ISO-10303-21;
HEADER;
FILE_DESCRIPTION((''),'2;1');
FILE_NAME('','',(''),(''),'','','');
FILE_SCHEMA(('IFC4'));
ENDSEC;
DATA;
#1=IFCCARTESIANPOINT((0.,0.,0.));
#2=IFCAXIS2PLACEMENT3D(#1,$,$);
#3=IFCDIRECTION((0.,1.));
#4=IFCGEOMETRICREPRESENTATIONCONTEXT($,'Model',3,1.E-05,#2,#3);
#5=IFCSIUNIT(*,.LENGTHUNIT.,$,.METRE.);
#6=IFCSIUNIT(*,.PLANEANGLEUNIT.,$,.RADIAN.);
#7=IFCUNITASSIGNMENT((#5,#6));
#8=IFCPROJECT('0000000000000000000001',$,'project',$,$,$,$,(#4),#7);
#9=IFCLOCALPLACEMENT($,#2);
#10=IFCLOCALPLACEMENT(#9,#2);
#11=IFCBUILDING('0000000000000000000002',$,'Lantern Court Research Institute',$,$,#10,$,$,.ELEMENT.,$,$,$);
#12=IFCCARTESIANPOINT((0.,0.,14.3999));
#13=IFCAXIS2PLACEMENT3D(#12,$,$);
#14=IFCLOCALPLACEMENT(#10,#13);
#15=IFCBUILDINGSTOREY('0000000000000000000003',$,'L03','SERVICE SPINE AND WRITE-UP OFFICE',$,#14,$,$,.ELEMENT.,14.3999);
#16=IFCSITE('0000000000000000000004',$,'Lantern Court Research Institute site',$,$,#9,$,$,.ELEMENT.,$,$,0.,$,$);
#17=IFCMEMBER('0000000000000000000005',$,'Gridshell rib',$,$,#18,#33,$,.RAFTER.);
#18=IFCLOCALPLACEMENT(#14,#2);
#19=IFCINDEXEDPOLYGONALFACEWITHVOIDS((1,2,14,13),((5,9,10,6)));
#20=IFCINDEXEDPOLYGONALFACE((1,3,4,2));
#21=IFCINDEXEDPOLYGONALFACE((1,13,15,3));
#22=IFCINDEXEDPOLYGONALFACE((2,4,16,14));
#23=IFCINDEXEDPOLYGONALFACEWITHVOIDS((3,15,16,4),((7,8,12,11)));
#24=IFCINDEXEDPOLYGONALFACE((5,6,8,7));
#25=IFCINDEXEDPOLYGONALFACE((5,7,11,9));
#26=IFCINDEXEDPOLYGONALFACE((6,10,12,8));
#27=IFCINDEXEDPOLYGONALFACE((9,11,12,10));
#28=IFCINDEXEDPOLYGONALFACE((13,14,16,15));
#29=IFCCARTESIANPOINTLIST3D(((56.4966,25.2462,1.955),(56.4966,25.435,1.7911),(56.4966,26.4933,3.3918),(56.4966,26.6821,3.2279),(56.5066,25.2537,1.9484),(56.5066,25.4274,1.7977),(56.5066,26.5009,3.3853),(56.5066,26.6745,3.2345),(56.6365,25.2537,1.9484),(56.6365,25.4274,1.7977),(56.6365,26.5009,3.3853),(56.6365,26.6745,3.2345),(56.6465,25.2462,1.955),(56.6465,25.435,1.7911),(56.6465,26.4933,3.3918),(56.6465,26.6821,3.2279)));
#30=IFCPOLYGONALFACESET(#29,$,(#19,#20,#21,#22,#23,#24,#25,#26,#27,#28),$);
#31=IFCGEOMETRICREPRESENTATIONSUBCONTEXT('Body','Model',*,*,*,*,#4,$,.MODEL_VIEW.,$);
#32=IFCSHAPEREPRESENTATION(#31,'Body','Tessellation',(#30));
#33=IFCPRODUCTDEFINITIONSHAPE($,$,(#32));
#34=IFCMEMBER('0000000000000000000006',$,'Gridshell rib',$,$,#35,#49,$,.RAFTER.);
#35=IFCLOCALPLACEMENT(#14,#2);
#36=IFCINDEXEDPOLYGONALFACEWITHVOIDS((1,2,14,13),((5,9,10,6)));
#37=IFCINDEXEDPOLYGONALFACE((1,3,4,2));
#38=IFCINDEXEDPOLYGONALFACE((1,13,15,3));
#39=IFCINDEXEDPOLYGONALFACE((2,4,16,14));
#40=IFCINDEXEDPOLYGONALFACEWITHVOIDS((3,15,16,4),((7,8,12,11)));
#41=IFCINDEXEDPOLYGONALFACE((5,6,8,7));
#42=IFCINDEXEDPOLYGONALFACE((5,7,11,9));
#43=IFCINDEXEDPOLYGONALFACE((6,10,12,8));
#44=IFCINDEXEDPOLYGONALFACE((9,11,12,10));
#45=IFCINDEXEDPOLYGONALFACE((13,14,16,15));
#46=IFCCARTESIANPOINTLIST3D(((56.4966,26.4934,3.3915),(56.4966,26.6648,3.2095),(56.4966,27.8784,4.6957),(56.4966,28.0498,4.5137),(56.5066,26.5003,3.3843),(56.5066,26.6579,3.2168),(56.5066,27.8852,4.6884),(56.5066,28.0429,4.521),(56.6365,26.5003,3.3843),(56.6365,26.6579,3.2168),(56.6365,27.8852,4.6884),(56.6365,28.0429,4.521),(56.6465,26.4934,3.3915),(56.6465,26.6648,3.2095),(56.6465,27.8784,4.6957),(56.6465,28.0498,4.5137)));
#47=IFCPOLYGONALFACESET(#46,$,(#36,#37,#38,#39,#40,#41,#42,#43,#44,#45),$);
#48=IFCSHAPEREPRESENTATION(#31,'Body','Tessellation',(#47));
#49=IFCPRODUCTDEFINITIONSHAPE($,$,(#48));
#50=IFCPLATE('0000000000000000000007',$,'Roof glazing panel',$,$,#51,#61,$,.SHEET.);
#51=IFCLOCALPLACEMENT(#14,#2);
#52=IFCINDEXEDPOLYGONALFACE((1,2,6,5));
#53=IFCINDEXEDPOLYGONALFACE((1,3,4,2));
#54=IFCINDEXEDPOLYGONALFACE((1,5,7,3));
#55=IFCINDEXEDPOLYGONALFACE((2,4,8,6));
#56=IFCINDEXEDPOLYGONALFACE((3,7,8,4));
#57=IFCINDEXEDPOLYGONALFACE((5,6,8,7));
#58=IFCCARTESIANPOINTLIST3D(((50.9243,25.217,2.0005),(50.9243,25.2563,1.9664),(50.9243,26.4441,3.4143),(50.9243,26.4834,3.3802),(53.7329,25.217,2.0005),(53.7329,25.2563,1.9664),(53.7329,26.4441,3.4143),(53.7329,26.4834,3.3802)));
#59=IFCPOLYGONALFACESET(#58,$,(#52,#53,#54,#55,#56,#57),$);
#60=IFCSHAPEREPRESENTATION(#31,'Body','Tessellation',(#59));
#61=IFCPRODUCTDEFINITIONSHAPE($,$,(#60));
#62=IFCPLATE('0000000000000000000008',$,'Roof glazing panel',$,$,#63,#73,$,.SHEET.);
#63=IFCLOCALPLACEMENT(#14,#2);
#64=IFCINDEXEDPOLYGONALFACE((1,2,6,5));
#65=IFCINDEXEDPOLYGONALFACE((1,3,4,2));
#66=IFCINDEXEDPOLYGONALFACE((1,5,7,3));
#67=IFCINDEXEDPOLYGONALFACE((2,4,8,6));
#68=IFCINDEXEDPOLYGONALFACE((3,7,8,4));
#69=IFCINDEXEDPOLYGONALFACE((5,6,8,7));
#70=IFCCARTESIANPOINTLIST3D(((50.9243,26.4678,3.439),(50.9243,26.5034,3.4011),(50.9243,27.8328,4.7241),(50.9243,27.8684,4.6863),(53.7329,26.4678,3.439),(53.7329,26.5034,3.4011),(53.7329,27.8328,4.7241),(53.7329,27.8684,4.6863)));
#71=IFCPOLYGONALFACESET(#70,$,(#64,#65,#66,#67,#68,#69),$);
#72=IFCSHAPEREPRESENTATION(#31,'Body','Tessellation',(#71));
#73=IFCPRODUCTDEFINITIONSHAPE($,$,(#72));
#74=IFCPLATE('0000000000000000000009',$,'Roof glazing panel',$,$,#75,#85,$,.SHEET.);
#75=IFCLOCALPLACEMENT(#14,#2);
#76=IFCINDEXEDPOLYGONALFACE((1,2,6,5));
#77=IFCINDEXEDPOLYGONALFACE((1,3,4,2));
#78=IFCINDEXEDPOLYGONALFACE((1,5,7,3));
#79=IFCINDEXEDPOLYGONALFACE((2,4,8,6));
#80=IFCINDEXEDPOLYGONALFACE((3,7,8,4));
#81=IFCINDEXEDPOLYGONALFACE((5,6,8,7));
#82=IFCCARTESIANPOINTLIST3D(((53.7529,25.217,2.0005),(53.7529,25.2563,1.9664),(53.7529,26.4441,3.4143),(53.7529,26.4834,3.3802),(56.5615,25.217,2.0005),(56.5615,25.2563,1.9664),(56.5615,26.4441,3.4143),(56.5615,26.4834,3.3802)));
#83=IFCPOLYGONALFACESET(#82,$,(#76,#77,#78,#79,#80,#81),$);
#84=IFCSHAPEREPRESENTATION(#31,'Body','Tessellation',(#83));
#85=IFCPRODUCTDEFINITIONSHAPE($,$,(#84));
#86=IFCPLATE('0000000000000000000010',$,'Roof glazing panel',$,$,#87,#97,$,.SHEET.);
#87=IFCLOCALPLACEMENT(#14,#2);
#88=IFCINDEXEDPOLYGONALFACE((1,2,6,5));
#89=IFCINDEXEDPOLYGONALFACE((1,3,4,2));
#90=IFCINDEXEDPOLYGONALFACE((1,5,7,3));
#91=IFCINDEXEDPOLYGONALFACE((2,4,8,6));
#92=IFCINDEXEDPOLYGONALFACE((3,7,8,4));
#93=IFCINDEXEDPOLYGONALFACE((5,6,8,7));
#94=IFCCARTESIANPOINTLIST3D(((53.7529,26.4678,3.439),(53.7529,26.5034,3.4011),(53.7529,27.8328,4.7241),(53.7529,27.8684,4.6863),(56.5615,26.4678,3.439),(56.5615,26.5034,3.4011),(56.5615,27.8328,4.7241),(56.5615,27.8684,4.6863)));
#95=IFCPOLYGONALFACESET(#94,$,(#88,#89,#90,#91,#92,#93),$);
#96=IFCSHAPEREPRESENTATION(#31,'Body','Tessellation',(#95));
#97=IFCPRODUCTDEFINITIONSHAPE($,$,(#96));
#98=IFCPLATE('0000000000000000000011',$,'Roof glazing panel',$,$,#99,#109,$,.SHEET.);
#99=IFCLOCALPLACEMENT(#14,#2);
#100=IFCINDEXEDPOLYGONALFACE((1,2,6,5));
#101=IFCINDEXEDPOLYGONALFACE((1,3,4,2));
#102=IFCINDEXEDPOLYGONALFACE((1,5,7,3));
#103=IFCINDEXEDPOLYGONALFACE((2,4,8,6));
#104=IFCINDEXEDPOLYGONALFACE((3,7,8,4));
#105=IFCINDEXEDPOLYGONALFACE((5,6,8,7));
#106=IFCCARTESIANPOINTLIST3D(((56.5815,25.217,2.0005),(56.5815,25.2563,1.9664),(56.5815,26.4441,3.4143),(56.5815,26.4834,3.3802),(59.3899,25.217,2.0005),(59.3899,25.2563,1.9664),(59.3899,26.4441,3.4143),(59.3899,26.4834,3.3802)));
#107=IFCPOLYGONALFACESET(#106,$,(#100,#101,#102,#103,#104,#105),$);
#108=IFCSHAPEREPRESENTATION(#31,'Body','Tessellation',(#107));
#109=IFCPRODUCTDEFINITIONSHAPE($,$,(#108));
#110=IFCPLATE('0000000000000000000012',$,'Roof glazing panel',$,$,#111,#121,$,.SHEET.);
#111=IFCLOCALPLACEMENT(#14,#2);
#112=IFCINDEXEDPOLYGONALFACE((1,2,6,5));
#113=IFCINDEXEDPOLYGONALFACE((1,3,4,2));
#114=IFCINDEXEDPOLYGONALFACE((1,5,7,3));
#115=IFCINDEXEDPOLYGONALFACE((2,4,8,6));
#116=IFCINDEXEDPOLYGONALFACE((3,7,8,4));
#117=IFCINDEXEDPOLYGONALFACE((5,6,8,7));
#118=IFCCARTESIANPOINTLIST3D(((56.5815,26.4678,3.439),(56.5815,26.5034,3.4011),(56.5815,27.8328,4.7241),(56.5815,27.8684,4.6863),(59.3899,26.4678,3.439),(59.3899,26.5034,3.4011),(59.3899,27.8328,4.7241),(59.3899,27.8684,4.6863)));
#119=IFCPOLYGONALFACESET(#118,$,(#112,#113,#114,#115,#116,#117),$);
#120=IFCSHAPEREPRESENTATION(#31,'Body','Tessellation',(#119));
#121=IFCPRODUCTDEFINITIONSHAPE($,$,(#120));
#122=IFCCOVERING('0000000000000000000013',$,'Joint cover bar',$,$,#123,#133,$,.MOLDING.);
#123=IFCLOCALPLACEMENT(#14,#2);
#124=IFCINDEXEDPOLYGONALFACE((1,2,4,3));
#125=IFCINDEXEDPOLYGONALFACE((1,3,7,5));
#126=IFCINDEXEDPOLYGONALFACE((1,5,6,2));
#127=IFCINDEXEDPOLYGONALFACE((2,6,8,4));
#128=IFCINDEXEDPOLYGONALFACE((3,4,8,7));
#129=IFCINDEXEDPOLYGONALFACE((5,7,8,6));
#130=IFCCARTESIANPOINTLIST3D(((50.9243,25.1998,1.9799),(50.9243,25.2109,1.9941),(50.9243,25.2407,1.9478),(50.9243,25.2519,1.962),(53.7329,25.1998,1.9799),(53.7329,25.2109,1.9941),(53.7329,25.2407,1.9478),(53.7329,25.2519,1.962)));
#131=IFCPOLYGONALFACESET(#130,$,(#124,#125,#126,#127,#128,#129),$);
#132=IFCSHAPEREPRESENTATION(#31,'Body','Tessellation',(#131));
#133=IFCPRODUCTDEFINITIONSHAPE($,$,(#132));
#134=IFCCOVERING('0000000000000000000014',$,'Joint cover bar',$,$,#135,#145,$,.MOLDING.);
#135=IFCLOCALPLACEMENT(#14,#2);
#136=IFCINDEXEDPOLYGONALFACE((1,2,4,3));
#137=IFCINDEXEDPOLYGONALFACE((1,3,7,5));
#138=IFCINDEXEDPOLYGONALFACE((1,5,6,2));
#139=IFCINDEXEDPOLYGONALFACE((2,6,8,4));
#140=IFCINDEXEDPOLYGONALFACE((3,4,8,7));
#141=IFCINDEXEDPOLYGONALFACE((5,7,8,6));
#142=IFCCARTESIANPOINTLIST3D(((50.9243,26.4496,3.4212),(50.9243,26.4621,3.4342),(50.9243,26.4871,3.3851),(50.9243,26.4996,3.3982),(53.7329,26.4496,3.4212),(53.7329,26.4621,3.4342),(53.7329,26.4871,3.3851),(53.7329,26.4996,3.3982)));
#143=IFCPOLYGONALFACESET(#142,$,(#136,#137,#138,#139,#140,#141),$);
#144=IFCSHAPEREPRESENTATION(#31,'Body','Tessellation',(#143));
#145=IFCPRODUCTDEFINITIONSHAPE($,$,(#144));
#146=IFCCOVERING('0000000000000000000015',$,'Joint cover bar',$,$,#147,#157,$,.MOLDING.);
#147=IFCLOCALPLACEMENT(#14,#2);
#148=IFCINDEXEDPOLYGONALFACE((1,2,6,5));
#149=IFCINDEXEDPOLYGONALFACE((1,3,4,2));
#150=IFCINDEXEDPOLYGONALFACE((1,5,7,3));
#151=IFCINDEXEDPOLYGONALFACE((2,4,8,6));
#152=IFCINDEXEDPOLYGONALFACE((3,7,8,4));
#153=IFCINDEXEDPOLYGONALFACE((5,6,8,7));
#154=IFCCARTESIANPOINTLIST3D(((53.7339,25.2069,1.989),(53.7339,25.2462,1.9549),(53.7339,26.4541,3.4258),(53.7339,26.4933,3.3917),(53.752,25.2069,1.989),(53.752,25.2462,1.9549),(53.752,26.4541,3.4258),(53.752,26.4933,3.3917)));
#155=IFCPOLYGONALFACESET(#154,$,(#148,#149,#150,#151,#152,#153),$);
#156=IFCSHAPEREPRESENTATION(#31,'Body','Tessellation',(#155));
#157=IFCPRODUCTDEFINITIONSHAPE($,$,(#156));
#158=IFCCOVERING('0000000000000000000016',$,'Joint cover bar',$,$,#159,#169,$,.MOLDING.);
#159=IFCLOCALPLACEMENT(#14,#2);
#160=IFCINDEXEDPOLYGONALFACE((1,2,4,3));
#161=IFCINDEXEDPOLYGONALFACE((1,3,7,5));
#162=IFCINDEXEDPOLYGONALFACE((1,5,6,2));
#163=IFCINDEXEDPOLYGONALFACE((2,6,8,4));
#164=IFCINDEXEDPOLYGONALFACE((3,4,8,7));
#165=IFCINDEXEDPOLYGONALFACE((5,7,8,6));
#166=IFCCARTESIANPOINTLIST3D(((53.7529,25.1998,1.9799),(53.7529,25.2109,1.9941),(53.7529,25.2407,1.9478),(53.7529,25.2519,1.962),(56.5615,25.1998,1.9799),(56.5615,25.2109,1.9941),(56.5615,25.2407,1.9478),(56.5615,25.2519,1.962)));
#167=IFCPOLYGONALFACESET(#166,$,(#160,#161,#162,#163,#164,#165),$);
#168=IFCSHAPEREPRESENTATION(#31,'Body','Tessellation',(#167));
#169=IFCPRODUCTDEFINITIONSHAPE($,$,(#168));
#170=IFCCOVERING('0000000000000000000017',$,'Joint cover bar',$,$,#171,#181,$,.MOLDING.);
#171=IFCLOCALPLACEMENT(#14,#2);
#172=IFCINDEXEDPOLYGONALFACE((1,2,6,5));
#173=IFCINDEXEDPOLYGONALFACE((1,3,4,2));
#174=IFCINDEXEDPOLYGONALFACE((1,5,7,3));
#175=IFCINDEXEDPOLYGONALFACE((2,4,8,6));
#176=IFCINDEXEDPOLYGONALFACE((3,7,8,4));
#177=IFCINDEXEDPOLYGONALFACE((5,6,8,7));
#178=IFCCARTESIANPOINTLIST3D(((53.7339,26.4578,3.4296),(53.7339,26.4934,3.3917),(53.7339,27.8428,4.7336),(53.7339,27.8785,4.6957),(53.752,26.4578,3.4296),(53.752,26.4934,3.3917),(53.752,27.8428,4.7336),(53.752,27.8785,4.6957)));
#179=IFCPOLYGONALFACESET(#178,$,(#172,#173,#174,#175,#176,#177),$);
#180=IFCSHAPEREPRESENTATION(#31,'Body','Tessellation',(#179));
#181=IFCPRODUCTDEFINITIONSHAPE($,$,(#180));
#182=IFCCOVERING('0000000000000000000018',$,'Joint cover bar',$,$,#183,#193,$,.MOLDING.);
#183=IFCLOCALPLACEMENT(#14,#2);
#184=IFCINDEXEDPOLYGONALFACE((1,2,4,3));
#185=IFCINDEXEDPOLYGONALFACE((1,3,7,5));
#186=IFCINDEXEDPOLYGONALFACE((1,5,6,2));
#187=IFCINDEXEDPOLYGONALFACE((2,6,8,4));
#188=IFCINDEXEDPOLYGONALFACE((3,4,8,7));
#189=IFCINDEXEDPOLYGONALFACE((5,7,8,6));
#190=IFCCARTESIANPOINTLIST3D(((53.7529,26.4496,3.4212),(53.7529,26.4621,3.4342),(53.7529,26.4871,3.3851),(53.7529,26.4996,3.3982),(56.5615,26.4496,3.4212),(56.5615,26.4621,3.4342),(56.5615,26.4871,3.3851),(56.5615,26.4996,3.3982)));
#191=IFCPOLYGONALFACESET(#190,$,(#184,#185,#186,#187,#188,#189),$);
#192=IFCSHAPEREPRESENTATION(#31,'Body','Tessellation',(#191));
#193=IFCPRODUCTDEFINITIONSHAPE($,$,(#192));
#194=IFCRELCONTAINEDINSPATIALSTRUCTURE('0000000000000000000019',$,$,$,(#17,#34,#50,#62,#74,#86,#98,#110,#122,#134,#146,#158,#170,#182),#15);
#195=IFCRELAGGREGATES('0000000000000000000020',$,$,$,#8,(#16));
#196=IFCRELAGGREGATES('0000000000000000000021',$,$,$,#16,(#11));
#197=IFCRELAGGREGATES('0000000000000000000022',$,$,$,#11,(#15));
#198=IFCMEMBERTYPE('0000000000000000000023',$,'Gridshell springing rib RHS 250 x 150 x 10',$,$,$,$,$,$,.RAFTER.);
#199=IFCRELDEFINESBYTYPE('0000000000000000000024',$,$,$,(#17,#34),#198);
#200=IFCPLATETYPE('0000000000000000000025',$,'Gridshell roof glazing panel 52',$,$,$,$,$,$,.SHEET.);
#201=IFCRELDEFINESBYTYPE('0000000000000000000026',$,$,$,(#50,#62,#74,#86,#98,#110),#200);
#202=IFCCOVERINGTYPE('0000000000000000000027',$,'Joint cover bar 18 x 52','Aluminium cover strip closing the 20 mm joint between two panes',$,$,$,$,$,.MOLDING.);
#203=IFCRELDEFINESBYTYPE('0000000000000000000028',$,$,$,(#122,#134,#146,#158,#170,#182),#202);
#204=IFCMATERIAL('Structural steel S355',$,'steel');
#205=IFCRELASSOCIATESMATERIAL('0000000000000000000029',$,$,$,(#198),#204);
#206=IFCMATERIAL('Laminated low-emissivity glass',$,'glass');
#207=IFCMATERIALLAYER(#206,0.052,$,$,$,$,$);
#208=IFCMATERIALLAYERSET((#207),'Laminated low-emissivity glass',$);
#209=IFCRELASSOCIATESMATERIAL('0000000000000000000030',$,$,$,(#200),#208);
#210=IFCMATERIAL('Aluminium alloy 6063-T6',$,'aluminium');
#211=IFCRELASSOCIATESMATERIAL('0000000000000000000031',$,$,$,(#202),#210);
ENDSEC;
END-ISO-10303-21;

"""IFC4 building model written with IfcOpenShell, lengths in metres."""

from ifc_helpers import new_model, si_unit, direction, frame, origin, origin_2d, place, context, subcontext, project, spatial, polyline, rectangle, hollow_rectangle, outline, extrude, material, layer, layer_set, material_profile, profile_set, type_object, element, save


model = new_model("IFC4")

# Units and contexts
model_context = context("Model", 3, precision=1e-05, world=origin(), true_north=direction((0.0, 1.0)))
body_context = subcontext(model_context, "Body", "Model", "MODEL_VIEW")
ifc_project = project(units=[si_unit("LENGTHUNIT", "METRE"), si_unit("PLANEANGLEUNIT", "RADIAN")], contexts=[model_context])

# Site, building, storey
site_placement = place(None, origin())
site = spatial("IfcSite", under=ifc_project, at=site_placement, Name="Lantern Court Research Institute site", CompositionType="ELEMENT", RefElevation=0.0)
building_placement = place(site_placement, origin())
building = spatial("IfcBuilding", under=site, at=building_placement, Name="Lantern Court Research Institute", CompositionType="ELEMENT")
storey_placement = place(building_placement, frame((0.0, 0.0, 14.3999)))
storey = spatial("IfcBuildingStorey", under=building, at=storey_placement, Name="L03", Description="SERVICE SPINE AND WRITE-UP OFFICE", CompositionType="ELEMENT", Elevation=14.3999)

# Members
ifc_material_1 = material(Name="Structural steel S355", Category="steel")
ifc_material_profile_1 = material_profile(ifc_material_1, hollow_rectangle(XDim=0.1499, YDim=0.25, WallThickness=0.01, at=origin_2d()), Name="Gridshell springing rib RHS 250 x 150 x 10")
ifc_profile_set_1 = profile_set([ifc_material_profile_1], Name="Structural steel S355")
member_type_1 = type_object("IfcMemberType", Name="Gridshell springing rib RHS 250 x 150 x 10", PredefinedType="RAFTER", material=ifc_profile_set_1)
member_1_placement = place(storey_placement, frame((56.5715, 25.3406, 1.873), z_axis=(0.0, 0.655492, 0.755202), x_axis=(-1.0, 0.0, 0.0)))
element("IfcMember", 1, at=member_1_placement, inside=storey, type_object=member_type_1, Name="Gridshell rib", PredefinedType="RAFTER", context=body_context, shape_type="SweptSolid", body=[
    extrude(hollow_rectangle(XDim=0.1499, YDim=0.25, WallThickness=0.01, at=origin_2d()), origin(), (0.0, 0.0, 1.0), 1.9026),
])
member_2_placement = place(storey_placement, frame((56.5715, 26.5791, 3.3005), z_axis=(0.0, 0.728027, 0.685549), x_axis=(-1.0, 0.0, 0.0)))
element("IfcMember", 2, at=member_2_placement, inside=storey, type_object=member_type_1, Name="Gridshell rib", PredefinedType="RAFTER", context=body_context, shape_type="SweptSolid", body=[
    extrude(hollow_rectangle(XDim=0.1499, YDim=0.25, WallThickness=0.01, at=origin_2d()), origin(), (0.0, 0.0, 1.0), 1.9023),
])

# Plates
ifc_material_2 = material(Name="Laminated low-emissivity glass", Category="glass")
ifc_layer = layer(ifc_material_2, 0.052)
ifc_layer_set = layer_set([ifc_layer], Name="Laminated low-emissivity glass")
plate_type = type_object("IfcPlateType", Name="Gridshell roof glazing panel 52", PredefinedType="SHEET", material=ifc_layer_set)
plate_1_placement = place(storey_placement, frame((53.7329, 25.217, 2.0005), z_axis=(0.0, -0.755228, 0.655462), x_axis=(-1.0, 0.0, 0.0)))
element("IfcPlate", 3, at=plate_1_placement, inside=storey, type_object=plate_type, Name="Roof glazing panel", PredefinedType="SHEET", context=body_context, shape_type="SweptSolid", body=[
    extrude(outline(polyline([(0.0, 0.0), (2.8086, 0.0), (2.8086, -1.872), (0.0, -1.872), (0.0, 0.0)])), origin(), (0.0, 0.0, -1.0), 0.052),
])
plate_2_placement = place(storey_placement, frame((53.7329, 26.4678, 3.439), z_axis=(0.0, -0.685495, 0.728078), x_axis=(-1.0, 0.0, 0.0)))
element("IfcPlate", 4, at=plate_2_placement, inside=storey, type_object=plate_type, Name="Roof glazing panel", PredefinedType="SHEET", context=body_context, shape_type="SweptSolid", body=[
    extrude(outline(polyline([(0.0, 0.0), (2.8086, 0.0), (2.8086, -1.8748), (0.0, -1.8748), (0.0, 0.0)])), origin(), (0.0, 0.0, -1.0), 0.052),
])
plate_3_placement = place(storey_placement, frame((56.5615, 25.217, 2.0005), z_axis=(0.0, -0.755228, 0.655462), x_axis=(-1.0, 0.0, 0.0)))
element("IfcPlate", 5, at=plate_3_placement, inside=storey, type_object=plate_type, Name="Roof glazing panel", PredefinedType="SHEET", context=body_context, shape_type="SweptSolid", body=[
    extrude(outline(polyline([(0.0, 0.0), (2.8086, 0.0), (2.8086, -1.872), (0.0, -1.872), (0.0, 0.0)])), origin(), (0.0, 0.0, -1.0), 0.052),
])
plate_4_placement = place(storey_placement, frame((56.5615, 26.4678, 3.439), z_axis=(0.0, -0.685495, 0.728078), x_axis=(-1.0, 0.0, 0.0)))
element("IfcPlate", 6, at=plate_4_placement, inside=storey, type_object=plate_type, Name="Roof glazing panel", PredefinedType="SHEET", context=body_context, shape_type="SweptSolid", body=[
    extrude(outline(polyline([(0.0, 0.0), (2.8086, 0.0), (2.8086, -1.8748), (0.0, -1.8748), (0.0, 0.0)])), origin(), (0.0, 0.0, -1.0), 0.052),
])
plate_5_placement = place(storey_placement, frame((59.3899, 25.217, 2.0005), z_axis=(0.0, -0.755228, 0.655462), x_axis=(-1.0, 0.0, 0.0)))
element("IfcPlate", 7, at=plate_5_placement, inside=storey, type_object=plate_type, Name="Roof glazing panel", PredefinedType="SHEET", context=body_context, shape_type="SweptSolid", body=[
    extrude(outline(polyline([(0.0, 0.0), (2.8083, 0.0), (2.8083, -1.872), (0.0, -1.872), (0.0, 0.0)])), origin(), (0.0, 0.0, -1.0), 0.052),
])
plate_6_placement = place(storey_placement, frame((59.3899, 26.4678, 3.439), z_axis=(0.0, -0.685495, 0.728078), x_axis=(-1.0, 0.0, 0.0)))
element("IfcPlate", 8, at=plate_6_placement, inside=storey, type_object=plate_type, Name="Roof glazing panel", PredefinedType="SHEET", context=body_context, shape_type="SweptSolid", body=[
    extrude(outline(polyline([(0.0, 0.0), (2.8083, 0.0), (2.8083, -1.8748), (0.0, -1.8748), (0.0, 0.0)])), origin(), (0.0, 0.0, -1.0), 0.052),
])

# Coverings
ifc_material_3 = material(Name="Aluminium alloy 6063-T6", Category="aluminium")
ifc_material_profile_2 = material_profile(ifc_material_3, rectangle(XDim=0.0181, YDim=0.052, at=origin_2d()), Name="Joint cover bar 18 x 52")
ifc_profile_set_2 = profile_set([ifc_material_profile_2], Name="Aluminium alloy 6063-T6")
covering_type = type_object("IfcCoveringType", Name="Joint cover bar 18 x 52", Description="Aluminium cover strip closing the 20 mm joint between two panes", PredefinedType="MOLDING", material=ifc_profile_set_2)
for number, where, z_axis, x_axis, name in (
    (9, (50.9243, 25.2258, 1.9709), (1.0, 0.0, 0.0), (0.0, 0.616657, 0.787232), "Joint cover bar"),
    (10, (50.9243, 26.4746, 3.4097), (1.0, 0.0, 0.0), (0.0, 0.692674, 0.721251), "Joint cover bar"),
):
    element("IfcCovering", number, at=place(storey_placement, frame(where, z_axis=z_axis, x_axis=x_axis)), inside=storey, type_object=covering_type, Name=name, PredefinedType="MOLDING", context=body_context, shape_type="SweptSolid", body=[
        extrude(rectangle(XDim=0.0181, YDim=0.052, at=origin_2d()), origin(), (0.0, 0.0, 1.0), 2.8086),
    ])
covering_1_placement = place(storey_placement, frame((53.7429, 25.2266, 1.9719), z_axis=(0.0, 0.655492, 0.755202), x_axis=(-1.0, 0.0, 0.0)))
element("IfcCovering", 11, at=covering_1_placement, inside=storey, type_object=covering_type, Name="Joint cover bar", PredefinedType="MOLDING", context=body_context, shape_type="SweptSolid", body=[
    extrude(rectangle(XDim=0.0181, YDim=0.052, at=origin_2d()), origin(), (0.0, 0.0, 1.0), 1.9026),
])
covering_2_placement = place(storey_placement, frame((53.7529, 25.2258, 1.9709), z_axis=(1.0, 0.0, 0.0), x_axis=(0.0, 0.616657, 0.787232)))
element("IfcCovering", 12, at=covering_2_placement, inside=storey, type_object=covering_type, Name="Joint cover bar", PredefinedType="MOLDING", context=body_context, shape_type="SweptSolid", body=[
    extrude(rectangle(XDim=0.0181, YDim=0.052, at=origin_2d()), origin(), (0.0, 0.0, 1.0), 2.8086),
])
covering_3_placement = place(storey_placement, frame((53.7429, 26.4756, 3.4106), z_axis=(0.0, 0.728091, 0.685481), x_axis=(-1.0, 0.0, 0.0)))
element("IfcCovering", 13, at=covering_3_placement, inside=storey, type_object=covering_type, Name="Joint cover bar", PredefinedType="MOLDING", context=body_context, shape_type="SweptSolid", body=[
    extrude(rectangle(XDim=0.0181, YDim=0.052, at=origin_2d()), origin(), (0.0, 0.0, 1.0), 1.9023),
])
covering_4_placement = place(storey_placement, frame((53.7529, 26.4746, 3.4097), z_axis=(1.0, 0.0, 0.0), x_axis=(0.0, 0.692674, 0.721251)))
element("IfcCovering", 14, at=covering_4_placement, inside=storey, type_object=covering_type, Name="Joint cover bar", PredefinedType="MOLDING", context=body_context, shape_type="SweptSolid", body=[
    extrude(rectangle(XDim=0.0181, YDim=0.052, at=origin_2d()), origin(), (0.0, 0.0, 1.0), 2.8086),
])

save(model, "model.ifc")
